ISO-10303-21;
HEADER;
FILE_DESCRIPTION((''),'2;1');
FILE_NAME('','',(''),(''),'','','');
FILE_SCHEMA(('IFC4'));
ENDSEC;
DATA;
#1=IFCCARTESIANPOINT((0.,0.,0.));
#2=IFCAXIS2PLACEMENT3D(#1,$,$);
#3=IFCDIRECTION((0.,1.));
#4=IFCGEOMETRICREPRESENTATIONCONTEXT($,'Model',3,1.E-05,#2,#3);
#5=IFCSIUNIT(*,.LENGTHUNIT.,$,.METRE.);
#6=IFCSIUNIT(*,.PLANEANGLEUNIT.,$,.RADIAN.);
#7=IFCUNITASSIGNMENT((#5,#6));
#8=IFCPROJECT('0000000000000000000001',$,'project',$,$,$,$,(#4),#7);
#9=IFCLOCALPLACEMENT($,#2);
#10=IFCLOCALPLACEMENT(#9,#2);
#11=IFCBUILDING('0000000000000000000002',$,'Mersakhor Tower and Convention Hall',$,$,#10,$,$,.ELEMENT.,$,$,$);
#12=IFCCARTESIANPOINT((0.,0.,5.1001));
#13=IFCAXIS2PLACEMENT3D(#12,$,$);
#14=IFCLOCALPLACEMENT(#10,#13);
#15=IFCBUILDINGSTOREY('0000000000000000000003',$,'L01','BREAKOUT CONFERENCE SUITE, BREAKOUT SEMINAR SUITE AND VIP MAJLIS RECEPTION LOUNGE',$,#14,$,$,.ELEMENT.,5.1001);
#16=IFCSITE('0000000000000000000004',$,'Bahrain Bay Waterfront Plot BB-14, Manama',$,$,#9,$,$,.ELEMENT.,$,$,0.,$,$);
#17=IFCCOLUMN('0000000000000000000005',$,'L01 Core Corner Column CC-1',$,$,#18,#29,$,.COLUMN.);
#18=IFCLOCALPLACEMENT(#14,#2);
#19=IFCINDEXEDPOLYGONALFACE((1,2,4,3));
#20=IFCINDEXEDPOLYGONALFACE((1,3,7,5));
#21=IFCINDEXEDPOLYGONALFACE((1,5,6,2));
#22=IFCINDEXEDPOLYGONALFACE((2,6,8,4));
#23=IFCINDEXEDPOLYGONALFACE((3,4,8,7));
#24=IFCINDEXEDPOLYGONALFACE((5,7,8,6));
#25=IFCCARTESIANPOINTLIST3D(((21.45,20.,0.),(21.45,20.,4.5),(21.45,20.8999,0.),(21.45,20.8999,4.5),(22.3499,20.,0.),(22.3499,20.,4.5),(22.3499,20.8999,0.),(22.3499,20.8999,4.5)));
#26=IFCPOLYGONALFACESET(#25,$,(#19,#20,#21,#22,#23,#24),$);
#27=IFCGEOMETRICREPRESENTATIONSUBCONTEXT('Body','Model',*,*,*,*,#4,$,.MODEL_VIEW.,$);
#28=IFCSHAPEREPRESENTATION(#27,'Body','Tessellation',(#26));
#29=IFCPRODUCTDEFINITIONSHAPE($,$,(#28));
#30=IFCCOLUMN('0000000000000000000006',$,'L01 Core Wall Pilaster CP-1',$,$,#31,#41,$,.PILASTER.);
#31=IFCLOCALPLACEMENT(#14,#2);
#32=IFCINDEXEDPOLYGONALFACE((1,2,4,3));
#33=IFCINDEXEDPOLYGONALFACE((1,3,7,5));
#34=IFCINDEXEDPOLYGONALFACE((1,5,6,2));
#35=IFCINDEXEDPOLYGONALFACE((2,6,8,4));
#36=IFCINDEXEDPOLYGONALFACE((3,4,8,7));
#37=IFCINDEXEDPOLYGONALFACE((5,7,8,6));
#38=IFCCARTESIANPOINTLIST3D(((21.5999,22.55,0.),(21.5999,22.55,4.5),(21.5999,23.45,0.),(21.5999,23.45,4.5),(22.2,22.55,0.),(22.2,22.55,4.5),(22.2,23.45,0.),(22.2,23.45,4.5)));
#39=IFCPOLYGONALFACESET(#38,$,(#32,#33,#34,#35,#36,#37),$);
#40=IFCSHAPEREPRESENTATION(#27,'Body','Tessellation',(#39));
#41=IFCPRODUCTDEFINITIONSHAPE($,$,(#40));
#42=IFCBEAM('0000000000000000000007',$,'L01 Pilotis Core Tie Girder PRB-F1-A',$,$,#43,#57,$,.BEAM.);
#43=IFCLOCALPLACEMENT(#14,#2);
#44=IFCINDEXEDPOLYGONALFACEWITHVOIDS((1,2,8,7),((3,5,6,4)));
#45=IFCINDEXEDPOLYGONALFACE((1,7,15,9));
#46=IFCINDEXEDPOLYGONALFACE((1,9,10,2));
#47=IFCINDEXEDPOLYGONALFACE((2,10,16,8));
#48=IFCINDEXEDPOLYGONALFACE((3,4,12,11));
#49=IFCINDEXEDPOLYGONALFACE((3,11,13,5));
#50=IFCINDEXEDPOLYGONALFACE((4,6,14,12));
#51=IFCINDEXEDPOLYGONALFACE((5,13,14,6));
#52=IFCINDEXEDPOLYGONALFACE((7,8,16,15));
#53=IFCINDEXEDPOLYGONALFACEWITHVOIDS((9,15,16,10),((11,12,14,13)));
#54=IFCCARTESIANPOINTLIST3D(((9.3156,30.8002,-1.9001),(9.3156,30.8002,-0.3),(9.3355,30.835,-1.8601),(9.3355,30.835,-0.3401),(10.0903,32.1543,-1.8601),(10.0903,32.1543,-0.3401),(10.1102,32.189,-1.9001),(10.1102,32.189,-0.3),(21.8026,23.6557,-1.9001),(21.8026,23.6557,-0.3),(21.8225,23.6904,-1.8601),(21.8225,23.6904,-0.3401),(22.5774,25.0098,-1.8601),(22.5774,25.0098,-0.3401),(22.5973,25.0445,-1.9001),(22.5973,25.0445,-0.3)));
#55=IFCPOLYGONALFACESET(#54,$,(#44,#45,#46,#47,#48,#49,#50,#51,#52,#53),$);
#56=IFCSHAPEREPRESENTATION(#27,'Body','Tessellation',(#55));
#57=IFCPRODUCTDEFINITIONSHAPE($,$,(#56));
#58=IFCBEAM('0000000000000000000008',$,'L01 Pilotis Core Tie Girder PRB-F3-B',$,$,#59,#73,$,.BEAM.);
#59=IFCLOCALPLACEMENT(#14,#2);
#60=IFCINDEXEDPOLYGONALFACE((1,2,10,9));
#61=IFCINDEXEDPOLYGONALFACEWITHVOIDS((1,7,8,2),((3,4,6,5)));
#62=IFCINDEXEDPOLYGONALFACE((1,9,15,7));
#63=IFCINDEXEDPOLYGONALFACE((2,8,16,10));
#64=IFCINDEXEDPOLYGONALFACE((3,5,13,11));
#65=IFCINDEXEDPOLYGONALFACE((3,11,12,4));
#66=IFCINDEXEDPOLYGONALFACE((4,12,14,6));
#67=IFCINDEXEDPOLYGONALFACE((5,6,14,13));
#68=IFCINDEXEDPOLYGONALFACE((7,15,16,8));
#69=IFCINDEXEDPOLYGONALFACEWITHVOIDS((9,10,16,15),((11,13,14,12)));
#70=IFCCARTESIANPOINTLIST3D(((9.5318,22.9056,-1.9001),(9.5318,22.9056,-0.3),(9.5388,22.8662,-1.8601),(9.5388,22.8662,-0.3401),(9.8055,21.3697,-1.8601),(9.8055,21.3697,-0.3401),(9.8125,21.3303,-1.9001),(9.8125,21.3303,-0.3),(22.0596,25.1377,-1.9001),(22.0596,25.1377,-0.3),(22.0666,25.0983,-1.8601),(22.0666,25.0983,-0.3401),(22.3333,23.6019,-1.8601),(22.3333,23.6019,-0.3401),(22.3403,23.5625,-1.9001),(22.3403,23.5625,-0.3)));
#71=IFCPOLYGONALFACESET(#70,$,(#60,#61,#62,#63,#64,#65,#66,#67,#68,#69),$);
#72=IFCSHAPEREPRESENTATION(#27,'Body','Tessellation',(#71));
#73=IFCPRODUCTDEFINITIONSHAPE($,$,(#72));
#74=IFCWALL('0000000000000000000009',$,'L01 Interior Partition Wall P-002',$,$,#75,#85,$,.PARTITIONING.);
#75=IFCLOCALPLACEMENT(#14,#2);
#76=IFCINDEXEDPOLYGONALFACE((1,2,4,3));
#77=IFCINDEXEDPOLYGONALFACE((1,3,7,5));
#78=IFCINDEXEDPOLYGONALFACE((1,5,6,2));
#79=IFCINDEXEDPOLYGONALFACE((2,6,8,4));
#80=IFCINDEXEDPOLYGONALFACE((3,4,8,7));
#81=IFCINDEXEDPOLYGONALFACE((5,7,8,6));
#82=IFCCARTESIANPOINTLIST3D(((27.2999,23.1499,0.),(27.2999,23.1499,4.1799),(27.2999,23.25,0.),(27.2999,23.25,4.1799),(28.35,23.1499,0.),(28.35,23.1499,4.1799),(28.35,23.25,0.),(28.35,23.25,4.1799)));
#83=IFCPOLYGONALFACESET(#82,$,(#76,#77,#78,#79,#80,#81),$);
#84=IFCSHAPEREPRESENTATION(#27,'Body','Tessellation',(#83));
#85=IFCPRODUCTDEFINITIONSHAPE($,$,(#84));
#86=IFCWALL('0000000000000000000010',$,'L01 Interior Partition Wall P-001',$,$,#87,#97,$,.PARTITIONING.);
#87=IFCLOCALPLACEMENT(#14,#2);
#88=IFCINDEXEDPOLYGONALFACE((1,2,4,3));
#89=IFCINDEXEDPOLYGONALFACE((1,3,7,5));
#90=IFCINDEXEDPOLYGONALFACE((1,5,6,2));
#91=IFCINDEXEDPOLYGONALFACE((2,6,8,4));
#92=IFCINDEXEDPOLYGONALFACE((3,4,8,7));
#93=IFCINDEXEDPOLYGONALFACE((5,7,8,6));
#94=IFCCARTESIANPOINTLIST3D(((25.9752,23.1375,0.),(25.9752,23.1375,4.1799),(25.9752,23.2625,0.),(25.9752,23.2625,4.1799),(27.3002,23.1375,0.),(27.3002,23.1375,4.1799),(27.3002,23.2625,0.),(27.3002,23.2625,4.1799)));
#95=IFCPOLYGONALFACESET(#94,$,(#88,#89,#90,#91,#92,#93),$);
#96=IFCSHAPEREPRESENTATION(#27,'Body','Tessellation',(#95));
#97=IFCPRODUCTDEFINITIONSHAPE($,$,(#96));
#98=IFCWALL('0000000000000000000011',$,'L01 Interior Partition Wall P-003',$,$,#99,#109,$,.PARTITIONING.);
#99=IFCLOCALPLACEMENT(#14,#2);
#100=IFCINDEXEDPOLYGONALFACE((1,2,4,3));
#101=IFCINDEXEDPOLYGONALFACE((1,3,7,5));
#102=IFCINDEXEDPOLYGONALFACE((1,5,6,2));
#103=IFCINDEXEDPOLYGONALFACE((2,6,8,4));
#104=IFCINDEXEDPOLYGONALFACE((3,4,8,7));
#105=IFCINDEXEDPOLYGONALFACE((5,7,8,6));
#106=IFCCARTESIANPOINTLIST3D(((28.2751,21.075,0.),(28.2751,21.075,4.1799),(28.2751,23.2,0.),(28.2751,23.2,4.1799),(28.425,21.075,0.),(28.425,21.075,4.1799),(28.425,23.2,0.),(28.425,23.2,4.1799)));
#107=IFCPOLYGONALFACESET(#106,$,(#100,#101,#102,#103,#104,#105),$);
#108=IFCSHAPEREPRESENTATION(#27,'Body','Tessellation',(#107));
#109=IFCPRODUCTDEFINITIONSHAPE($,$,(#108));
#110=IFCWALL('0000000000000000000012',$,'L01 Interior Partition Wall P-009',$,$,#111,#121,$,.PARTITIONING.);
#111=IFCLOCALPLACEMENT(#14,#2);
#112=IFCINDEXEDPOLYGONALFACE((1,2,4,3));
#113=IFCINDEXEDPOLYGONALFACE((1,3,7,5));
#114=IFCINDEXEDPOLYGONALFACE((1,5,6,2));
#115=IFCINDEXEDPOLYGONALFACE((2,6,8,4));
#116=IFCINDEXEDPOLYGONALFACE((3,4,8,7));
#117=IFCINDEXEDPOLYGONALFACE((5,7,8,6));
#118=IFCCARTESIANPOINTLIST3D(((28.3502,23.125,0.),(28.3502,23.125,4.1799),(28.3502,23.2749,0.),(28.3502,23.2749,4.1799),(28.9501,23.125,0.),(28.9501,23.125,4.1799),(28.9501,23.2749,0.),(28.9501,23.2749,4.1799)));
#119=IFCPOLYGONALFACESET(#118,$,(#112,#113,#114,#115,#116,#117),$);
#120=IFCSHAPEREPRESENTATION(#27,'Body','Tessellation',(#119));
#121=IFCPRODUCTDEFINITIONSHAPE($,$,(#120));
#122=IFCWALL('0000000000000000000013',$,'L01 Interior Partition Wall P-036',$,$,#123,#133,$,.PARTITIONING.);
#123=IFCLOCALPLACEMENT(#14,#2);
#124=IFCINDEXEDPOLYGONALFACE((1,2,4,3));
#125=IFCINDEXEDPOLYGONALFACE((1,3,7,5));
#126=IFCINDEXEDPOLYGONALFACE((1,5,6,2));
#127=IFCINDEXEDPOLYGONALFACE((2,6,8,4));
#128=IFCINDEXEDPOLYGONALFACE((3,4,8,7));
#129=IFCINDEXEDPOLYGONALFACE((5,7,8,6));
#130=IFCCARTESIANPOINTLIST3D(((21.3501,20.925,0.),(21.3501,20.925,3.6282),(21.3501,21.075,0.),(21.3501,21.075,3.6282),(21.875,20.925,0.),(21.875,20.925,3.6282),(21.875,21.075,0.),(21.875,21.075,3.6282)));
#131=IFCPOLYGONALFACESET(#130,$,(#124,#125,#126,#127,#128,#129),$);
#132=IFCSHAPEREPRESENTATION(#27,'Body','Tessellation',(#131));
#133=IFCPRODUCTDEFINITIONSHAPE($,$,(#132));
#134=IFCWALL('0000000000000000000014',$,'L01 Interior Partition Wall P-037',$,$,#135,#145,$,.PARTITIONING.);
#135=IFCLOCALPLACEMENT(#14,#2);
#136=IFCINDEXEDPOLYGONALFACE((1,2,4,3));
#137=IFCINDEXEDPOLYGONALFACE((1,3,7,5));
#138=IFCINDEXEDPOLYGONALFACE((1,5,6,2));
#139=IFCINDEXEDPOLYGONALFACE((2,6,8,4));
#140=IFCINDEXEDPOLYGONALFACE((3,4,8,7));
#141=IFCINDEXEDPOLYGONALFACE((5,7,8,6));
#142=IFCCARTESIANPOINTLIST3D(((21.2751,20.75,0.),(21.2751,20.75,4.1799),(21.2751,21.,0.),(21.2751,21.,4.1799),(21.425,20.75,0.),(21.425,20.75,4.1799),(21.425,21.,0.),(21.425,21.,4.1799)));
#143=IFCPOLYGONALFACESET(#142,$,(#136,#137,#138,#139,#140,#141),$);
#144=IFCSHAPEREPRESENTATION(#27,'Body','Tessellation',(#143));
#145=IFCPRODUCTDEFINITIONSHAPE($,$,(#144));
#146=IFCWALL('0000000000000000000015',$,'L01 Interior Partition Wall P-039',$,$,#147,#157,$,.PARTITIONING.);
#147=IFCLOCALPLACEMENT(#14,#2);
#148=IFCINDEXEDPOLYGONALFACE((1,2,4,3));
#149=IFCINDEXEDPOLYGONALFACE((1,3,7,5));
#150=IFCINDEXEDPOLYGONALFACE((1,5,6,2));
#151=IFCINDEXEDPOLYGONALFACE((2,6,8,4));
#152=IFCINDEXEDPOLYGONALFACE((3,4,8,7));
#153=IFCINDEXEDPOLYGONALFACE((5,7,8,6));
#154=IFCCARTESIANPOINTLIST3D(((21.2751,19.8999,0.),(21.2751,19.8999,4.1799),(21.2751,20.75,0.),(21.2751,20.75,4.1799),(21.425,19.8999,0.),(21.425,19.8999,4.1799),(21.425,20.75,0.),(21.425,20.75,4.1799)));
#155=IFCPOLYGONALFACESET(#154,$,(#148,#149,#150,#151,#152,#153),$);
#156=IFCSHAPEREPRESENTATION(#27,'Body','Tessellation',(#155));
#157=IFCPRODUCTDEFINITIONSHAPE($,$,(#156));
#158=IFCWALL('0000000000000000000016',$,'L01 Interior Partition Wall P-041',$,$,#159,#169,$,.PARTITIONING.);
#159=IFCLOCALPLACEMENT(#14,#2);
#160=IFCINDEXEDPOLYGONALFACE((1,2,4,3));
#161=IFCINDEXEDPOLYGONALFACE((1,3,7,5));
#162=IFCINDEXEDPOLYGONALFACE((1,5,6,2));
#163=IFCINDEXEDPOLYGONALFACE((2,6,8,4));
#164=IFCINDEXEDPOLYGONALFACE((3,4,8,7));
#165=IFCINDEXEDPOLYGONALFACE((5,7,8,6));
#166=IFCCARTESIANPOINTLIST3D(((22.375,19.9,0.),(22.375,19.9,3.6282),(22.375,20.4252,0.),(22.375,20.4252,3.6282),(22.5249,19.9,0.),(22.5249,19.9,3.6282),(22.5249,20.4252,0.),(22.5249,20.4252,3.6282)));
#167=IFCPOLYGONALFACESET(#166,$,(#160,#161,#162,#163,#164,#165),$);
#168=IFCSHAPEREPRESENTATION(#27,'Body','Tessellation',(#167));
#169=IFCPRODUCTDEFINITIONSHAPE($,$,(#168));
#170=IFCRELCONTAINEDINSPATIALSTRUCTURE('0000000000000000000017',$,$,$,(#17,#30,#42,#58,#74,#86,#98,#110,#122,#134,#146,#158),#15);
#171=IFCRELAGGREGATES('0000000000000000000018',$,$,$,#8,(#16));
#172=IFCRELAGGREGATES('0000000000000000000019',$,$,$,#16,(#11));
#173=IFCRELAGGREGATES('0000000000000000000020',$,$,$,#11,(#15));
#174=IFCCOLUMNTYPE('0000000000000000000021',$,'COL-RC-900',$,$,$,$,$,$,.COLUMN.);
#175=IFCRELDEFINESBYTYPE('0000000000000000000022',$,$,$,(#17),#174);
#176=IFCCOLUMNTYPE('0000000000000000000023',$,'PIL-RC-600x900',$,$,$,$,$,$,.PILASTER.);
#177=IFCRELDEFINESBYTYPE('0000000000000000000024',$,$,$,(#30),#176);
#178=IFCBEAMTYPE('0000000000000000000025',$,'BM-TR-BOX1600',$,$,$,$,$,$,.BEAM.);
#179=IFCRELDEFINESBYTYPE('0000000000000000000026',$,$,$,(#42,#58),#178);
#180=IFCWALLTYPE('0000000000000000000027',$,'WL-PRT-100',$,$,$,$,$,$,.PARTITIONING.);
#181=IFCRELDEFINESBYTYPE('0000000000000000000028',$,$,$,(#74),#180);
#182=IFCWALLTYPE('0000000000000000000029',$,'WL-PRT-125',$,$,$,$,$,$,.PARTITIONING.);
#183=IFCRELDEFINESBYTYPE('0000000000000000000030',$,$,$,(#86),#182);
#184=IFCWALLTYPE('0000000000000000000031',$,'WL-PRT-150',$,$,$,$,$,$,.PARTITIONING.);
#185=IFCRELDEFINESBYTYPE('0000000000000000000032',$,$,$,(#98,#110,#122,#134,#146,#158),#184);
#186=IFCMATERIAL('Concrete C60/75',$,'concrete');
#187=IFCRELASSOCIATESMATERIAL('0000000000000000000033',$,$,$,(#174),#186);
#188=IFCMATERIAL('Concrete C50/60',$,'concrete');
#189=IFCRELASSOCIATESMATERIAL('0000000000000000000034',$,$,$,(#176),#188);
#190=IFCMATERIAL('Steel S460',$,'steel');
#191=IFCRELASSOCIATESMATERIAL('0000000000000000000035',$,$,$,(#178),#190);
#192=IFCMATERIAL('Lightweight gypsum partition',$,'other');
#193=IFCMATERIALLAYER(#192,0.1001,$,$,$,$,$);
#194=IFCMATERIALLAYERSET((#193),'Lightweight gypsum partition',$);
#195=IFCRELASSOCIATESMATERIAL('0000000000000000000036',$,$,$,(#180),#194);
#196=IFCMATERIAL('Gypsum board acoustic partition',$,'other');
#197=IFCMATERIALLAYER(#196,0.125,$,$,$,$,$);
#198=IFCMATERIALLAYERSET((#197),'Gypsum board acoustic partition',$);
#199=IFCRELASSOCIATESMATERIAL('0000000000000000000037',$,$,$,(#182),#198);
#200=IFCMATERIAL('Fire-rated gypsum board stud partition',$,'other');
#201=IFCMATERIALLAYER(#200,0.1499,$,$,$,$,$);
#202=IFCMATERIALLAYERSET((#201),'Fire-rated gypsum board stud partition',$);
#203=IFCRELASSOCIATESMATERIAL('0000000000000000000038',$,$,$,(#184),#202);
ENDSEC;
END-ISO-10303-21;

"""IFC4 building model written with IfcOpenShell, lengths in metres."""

from ifc_helpers import new_model, si_unit, direction, frame, frame_2d, origin, origin_2d, place, context, subcontext, project, spatial, rectangle, hollow_rectangle, extrude, material, layer, layer_set, material_profile, profile_set, type_object, element, save


model = new_model("IFC4")

# Units and contexts
model_context = context("Model", 3, precision=1e-05, world=origin(), true_north=direction((0.0, 1.0)))
body_context = subcontext(model_context, "Body", "Model", "MODEL_VIEW")
ifc_project = project(units=[si_unit("LENGTHUNIT", "METRE"), si_unit("PLANEANGLEUNIT", "RADIAN")], contexts=[model_context])

# Site, building, storey
site_placement = place(None, origin())
site = spatial("IfcSite", under=ifc_project, at=site_placement, Name="Bahrain Bay Waterfront Plot BB-14, Manama", CompositionType="ELEMENT", RefElevation=0.0)
building_placement = place(site_placement, origin())
building = spatial("IfcBuilding", under=site, at=building_placement, Name="Mersakhor Tower and Convention Hall", CompositionType="ELEMENT")
storey_placement = place(building_placement, frame((0.0, 0.0, 5.1001)))
storey = spatial("IfcBuildingStorey", under=building, at=storey_placement, Name="L01", Description="BREAKOUT CONFERENCE SUITE, BREAKOUT SEMINAR SUITE AND VIP MAJLIS RECEPTION LOUNGE", CompositionType="ELEMENT", Elevation=5.1001)

# Columns
ifc_material_1 = material(Name="Concrete C60/75", Category="concrete")
ifc_material_profile_1 = material_profile(ifc_material_1, rectangle(XDim=0.8999, YDim=0.8999, at=origin_2d()), Name="RC 900x900")
ifc_profile_set_1 = profile_set([ifc_material_profile_1], Name="Concrete C60/75")
column_type_1 = type_object("IfcColumnType", Name="COL-RC-900", PredefinedType="COLUMN", material=ifc_profile_set_1)
column_1_placement = place(storey_placement, frame((21.8999, 20.45, 0.0), z_axis=(0.0, 0.0, 1.0), x_axis=(1.0, 0.0, 0.0)))
element("IfcColumn", 1, at=column_1_placement, inside=storey, type_object=column_type_1, Name="L01 Core Corner Column CC-1", PredefinedType="COLUMN", context=body_context, shape_type="SweptSolid", body=[
    extrude(rectangle(XDim=0.8999, YDim=0.8999, at=origin_2d()), origin(), (0.0, 0.0, 1.0), 4.5),
])
ifc_material_2 = material(Name="Concrete C50/60", Category="concrete")
ifc_material_profile_2 = material_profile(ifc_material_2, rectangle(XDim=0.6001, YDim=0.8999, at=origin_2d()), Name="RC 600x900")
ifc_profile_set_2 = profile_set([ifc_material_profile_2], Name="Concrete C50/60")
column_type_2 = type_object("IfcColumnType", Name="PIL-RC-600x900", PredefinedType="PILASTER", material=ifc_profile_set_2)
column_2_placement = place(storey_placement, frame((21.8999, 23.0, 0.0), z_axis=(0.0, 0.0, 1.0), x_axis=(1.0, 0.0, 0.0)))
element("IfcColumn", 2, at=column_2_placement, inside=storey, type_object=column_type_2, Name="L01 Core Wall Pilaster CP-1", PredefinedType="PILASTER", context=body_context, shape_type="SweptSolid", body=[
    extrude(rectangle(XDim=0.6001, YDim=0.8999, at=origin_2d()), origin(), (0.0, 0.0, 1.0), 4.5),
])

# Beams
ifc_material_3 = material(Name="Steel S460", Category="steel")
ifc_material_profile_3 = material_profile(ifc_material_3, hollow_rectangle(XDim=1.6001, YDim=1.6001, WallThickness=0.04, at=origin_2d()), Name="SHS 1600x1600x40")
ifc_profile_set_3 = profile_set([ifc_material_profile_3], Name="Steel S460")
beam_type = type_object("IfcBeamType", Name="BM-TR-BOX1600", PredefinedType="BEAM", material=ifc_profile_set_3)
beam_1_placement = place(storey_placement, frame((22.2, 24.3501, -1.1001), z_axis=(-0.867971, 0.496614, 0.0), x_axis=(-0.496614, -0.867971, 0.0)))
element("IfcBeam", 3, at=beam_1_placement, inside=storey, type_object=beam_type, Name="L01 Pilotis Core Tie Girder PRB-F1-A", PredefinedType="BEAM", context=body_context, shape_type="SweptSolid", body=[
    extrude(hollow_rectangle(XDim=1.6001, YDim=1.6001, WallThickness=0.04, at=origin_2d()), origin(), (0.0, 0.0, 1.0), 14.3865),
])
beam_2_placement = place(storey_placement, frame((22.2, 24.3501, -1.1001), z_axis=(-0.984495, -0.175415, 0.0), x_axis=(0.175415, -0.984495, 0.0)))
element("IfcBeam", 4, at=beam_2_placement, inside=storey, type_object=beam_type, Name="L01 Pilotis Core Tie Girder PRB-F3-B", PredefinedType="BEAM", context=body_context, shape_type="SweptSolid", body=[
    extrude(hollow_rectangle(XDim=1.6001, YDim=1.6001, WallThickness=0.04, at=origin_2d()), origin(), (0.0, 0.0, 1.0), 12.7251),
])

# Walls
ifc_material_4 = material(Name="Lightweight gypsum partition", Category="other")
ifc_layer_1 = layer(ifc_material_4, 0.1001)
ifc_layer_set_1 = layer_set([ifc_layer_1], Name="Lightweight gypsum partition")
wall_type_1 = type_object("IfcWallType", Name="WL-PRT-100", PredefinedType="PARTITIONING", material=ifc_layer_set_1)
wall_1_placement = place(storey_placement, frame((27.3, 23.2, 0.0), z_axis=(0.0, 0.0, 1.0), x_axis=(1.0, 0.0, 0.0)))
element("IfcWall", 5, at=wall_1_placement, inside=storey, type_object=wall_type_1, Name="L01 Interior Partition Wall P-002", PredefinedType="PARTITIONING", context=body_context, shape_type="SweptSolid", body=[
    extrude(rectangle(XDim=1.05, YDim=0.1001, at=frame_2d((0.5249, 0.0))), origin(), (0.0, 0.0, 1.0), 4.1799),
])
ifc_material_5 = material(Name="Gypsum board acoustic partition", Category="other")
ifc_layer_2 = layer(ifc_material_5, 0.125)
ifc_layer_set_2 = layer_set([ifc_layer_2], Name="Gypsum board acoustic partition")
wall_type_2 = type_object("IfcWallType", Name="WL-PRT-125", PredefinedType="PARTITIONING", material=ifc_layer_set_2)
wall_2_placement = place(storey_placement, frame((25.9751, 23.2, 0.0), z_axis=(0.0, 0.0, 1.0), x_axis=(1.0, 0.0, 0.0)))
element("IfcWall", 6, at=wall_2_placement, inside=storey, type_object=wall_type_2, Name="L01 Interior Partition Wall P-001", PredefinedType="PARTITIONING", context=body_context, shape_type="SweptSolid", body=[
    extrude(rectangle(XDim=1.325, YDim=0.125, at=frame_2d((0.6626, 0.0))), origin(), (0.0, 0.0, 1.0), 4.1799),
])
ifc_material_6 = material(Name="Fire-rated gypsum board stud partition", Category="other")
ifc_layer_3 = layer(ifc_material_6, 0.1499)
ifc_layer_set_3 = layer_set([ifc_layer_3], Name="Fire-rated gypsum board stud partition")
wall_type_3 = type_object("IfcWallType", Name="WL-PRT-150", PredefinedType="PARTITIONING", material=ifc_layer_set_3)
wall_3_placement = place(storey_placement, frame((28.3501, 23.2, 0.0), z_axis=(0.0, 0.0, 1.0), x_axis=(0.0, -1.0, 0.0)))
element("IfcWall", 7, at=wall_3_placement, inside=storey, type_object=wall_type_3, Name="L01 Interior Partition Wall P-003", PredefinedType="PARTITIONING", context=body_context, shape_type="SweptSolid", body=[
    extrude(rectangle(XDim=2.125, YDim=0.1499, at=frame_2d((1.0625, 0.0))), origin(), (0.0, 0.0, 1.0), 4.1799),
])
wall_4_placement = place(storey_placement, frame((28.95, 23.2, 0.0), z_axis=(0.0, 0.0, 1.0), x_axis=(-1.0, 0.0, 0.0)))
element("IfcWall", 8, at=wall_4_placement, inside=storey, type_object=wall_type_3, Name="L01 Interior Partition Wall P-009", PredefinedType="PARTITIONING", context=body_context, shape_type="SweptSolid", body=[
    extrude(rectangle(XDim=0.5999, YDim=0.1499, at=frame_2d((0.2998, 0.0))), origin(), (0.0, 0.0, 1.0), 4.1799),
])
wall_5_placement = place(storey_placement, frame((21.875, 21.0, 0.0), z_axis=(0.0, 0.0, 1.0), x_axis=(-1.0, 0.0, 0.0)))
element("IfcWall", 9, at=wall_5_placement, inside=storey, type_object=wall_type_3, Name="L01 Interior Partition Wall P-036", PredefinedType="PARTITIONING", context=body_context, shape_type="SweptSolid", body=[
    extrude(rectangle(XDim=0.5249, YDim=0.1499, at=frame_2d((0.2625, 0.0))), origin(), (0.0, 0.0, 1.0), 3.6282),
])
wall_6_placement = place(storey_placement, frame((21.3501, 21.0, 0.0), z_axis=(0.0, 0.0, 1.0), x_axis=(0.0, -1.0, 0.0)))
element("IfcWall", 10, at=wall_6_placement, inside=storey, type_object=wall_type_3, Name="L01 Interior Partition Wall P-037", PredefinedType="PARTITIONING", context=body_context, shape_type="SweptSolid", body=[
    extrude(rectangle(XDim=0.25, YDim=0.1499, at=frame_2d((0.125, 0.0))), origin(), (0.0, 0.0, 1.0), 4.1799),
])
wall_7_placement = place(storey_placement, frame((21.3501, 20.75, 0.0), z_axis=(0.0, 0.0, 1.0), x_axis=(0.0, -1.0, 0.0)))
element("IfcWall", 11, at=wall_7_placement, inside=storey, type_object=wall_type_3, Name="L01 Interior Partition Wall P-039", PredefinedType="PARTITIONING", context=body_context, shape_type="SweptSolid", body=[
    extrude(rectangle(XDim=0.8501, YDim=0.1499, at=frame_2d((0.425, 0.0))), origin(), (0.0, 0.0, 1.0), 4.1799),
])
wall_8_placement = place(storey_placement, frame((22.45, 19.8999, 0.0), z_axis=(0.0, 0.0, 1.0), x_axis=(0.0, 1.0, 0.0)))
element("IfcWall", 12, at=wall_8_placement, inside=storey, type_object=wall_type_3, Name="L01 Interior Partition Wall P-041", PredefinedType="PARTITIONING", context=body_context, shape_type="SweptSolid", body=[
    extrude(rectangle(XDim=0.5251, YDim=0.1499, at=frame_2d((0.2627, 0.0))), origin(), (0.0, 0.0, 1.0), 3.6282),
])

save(model, "model.ifc")
